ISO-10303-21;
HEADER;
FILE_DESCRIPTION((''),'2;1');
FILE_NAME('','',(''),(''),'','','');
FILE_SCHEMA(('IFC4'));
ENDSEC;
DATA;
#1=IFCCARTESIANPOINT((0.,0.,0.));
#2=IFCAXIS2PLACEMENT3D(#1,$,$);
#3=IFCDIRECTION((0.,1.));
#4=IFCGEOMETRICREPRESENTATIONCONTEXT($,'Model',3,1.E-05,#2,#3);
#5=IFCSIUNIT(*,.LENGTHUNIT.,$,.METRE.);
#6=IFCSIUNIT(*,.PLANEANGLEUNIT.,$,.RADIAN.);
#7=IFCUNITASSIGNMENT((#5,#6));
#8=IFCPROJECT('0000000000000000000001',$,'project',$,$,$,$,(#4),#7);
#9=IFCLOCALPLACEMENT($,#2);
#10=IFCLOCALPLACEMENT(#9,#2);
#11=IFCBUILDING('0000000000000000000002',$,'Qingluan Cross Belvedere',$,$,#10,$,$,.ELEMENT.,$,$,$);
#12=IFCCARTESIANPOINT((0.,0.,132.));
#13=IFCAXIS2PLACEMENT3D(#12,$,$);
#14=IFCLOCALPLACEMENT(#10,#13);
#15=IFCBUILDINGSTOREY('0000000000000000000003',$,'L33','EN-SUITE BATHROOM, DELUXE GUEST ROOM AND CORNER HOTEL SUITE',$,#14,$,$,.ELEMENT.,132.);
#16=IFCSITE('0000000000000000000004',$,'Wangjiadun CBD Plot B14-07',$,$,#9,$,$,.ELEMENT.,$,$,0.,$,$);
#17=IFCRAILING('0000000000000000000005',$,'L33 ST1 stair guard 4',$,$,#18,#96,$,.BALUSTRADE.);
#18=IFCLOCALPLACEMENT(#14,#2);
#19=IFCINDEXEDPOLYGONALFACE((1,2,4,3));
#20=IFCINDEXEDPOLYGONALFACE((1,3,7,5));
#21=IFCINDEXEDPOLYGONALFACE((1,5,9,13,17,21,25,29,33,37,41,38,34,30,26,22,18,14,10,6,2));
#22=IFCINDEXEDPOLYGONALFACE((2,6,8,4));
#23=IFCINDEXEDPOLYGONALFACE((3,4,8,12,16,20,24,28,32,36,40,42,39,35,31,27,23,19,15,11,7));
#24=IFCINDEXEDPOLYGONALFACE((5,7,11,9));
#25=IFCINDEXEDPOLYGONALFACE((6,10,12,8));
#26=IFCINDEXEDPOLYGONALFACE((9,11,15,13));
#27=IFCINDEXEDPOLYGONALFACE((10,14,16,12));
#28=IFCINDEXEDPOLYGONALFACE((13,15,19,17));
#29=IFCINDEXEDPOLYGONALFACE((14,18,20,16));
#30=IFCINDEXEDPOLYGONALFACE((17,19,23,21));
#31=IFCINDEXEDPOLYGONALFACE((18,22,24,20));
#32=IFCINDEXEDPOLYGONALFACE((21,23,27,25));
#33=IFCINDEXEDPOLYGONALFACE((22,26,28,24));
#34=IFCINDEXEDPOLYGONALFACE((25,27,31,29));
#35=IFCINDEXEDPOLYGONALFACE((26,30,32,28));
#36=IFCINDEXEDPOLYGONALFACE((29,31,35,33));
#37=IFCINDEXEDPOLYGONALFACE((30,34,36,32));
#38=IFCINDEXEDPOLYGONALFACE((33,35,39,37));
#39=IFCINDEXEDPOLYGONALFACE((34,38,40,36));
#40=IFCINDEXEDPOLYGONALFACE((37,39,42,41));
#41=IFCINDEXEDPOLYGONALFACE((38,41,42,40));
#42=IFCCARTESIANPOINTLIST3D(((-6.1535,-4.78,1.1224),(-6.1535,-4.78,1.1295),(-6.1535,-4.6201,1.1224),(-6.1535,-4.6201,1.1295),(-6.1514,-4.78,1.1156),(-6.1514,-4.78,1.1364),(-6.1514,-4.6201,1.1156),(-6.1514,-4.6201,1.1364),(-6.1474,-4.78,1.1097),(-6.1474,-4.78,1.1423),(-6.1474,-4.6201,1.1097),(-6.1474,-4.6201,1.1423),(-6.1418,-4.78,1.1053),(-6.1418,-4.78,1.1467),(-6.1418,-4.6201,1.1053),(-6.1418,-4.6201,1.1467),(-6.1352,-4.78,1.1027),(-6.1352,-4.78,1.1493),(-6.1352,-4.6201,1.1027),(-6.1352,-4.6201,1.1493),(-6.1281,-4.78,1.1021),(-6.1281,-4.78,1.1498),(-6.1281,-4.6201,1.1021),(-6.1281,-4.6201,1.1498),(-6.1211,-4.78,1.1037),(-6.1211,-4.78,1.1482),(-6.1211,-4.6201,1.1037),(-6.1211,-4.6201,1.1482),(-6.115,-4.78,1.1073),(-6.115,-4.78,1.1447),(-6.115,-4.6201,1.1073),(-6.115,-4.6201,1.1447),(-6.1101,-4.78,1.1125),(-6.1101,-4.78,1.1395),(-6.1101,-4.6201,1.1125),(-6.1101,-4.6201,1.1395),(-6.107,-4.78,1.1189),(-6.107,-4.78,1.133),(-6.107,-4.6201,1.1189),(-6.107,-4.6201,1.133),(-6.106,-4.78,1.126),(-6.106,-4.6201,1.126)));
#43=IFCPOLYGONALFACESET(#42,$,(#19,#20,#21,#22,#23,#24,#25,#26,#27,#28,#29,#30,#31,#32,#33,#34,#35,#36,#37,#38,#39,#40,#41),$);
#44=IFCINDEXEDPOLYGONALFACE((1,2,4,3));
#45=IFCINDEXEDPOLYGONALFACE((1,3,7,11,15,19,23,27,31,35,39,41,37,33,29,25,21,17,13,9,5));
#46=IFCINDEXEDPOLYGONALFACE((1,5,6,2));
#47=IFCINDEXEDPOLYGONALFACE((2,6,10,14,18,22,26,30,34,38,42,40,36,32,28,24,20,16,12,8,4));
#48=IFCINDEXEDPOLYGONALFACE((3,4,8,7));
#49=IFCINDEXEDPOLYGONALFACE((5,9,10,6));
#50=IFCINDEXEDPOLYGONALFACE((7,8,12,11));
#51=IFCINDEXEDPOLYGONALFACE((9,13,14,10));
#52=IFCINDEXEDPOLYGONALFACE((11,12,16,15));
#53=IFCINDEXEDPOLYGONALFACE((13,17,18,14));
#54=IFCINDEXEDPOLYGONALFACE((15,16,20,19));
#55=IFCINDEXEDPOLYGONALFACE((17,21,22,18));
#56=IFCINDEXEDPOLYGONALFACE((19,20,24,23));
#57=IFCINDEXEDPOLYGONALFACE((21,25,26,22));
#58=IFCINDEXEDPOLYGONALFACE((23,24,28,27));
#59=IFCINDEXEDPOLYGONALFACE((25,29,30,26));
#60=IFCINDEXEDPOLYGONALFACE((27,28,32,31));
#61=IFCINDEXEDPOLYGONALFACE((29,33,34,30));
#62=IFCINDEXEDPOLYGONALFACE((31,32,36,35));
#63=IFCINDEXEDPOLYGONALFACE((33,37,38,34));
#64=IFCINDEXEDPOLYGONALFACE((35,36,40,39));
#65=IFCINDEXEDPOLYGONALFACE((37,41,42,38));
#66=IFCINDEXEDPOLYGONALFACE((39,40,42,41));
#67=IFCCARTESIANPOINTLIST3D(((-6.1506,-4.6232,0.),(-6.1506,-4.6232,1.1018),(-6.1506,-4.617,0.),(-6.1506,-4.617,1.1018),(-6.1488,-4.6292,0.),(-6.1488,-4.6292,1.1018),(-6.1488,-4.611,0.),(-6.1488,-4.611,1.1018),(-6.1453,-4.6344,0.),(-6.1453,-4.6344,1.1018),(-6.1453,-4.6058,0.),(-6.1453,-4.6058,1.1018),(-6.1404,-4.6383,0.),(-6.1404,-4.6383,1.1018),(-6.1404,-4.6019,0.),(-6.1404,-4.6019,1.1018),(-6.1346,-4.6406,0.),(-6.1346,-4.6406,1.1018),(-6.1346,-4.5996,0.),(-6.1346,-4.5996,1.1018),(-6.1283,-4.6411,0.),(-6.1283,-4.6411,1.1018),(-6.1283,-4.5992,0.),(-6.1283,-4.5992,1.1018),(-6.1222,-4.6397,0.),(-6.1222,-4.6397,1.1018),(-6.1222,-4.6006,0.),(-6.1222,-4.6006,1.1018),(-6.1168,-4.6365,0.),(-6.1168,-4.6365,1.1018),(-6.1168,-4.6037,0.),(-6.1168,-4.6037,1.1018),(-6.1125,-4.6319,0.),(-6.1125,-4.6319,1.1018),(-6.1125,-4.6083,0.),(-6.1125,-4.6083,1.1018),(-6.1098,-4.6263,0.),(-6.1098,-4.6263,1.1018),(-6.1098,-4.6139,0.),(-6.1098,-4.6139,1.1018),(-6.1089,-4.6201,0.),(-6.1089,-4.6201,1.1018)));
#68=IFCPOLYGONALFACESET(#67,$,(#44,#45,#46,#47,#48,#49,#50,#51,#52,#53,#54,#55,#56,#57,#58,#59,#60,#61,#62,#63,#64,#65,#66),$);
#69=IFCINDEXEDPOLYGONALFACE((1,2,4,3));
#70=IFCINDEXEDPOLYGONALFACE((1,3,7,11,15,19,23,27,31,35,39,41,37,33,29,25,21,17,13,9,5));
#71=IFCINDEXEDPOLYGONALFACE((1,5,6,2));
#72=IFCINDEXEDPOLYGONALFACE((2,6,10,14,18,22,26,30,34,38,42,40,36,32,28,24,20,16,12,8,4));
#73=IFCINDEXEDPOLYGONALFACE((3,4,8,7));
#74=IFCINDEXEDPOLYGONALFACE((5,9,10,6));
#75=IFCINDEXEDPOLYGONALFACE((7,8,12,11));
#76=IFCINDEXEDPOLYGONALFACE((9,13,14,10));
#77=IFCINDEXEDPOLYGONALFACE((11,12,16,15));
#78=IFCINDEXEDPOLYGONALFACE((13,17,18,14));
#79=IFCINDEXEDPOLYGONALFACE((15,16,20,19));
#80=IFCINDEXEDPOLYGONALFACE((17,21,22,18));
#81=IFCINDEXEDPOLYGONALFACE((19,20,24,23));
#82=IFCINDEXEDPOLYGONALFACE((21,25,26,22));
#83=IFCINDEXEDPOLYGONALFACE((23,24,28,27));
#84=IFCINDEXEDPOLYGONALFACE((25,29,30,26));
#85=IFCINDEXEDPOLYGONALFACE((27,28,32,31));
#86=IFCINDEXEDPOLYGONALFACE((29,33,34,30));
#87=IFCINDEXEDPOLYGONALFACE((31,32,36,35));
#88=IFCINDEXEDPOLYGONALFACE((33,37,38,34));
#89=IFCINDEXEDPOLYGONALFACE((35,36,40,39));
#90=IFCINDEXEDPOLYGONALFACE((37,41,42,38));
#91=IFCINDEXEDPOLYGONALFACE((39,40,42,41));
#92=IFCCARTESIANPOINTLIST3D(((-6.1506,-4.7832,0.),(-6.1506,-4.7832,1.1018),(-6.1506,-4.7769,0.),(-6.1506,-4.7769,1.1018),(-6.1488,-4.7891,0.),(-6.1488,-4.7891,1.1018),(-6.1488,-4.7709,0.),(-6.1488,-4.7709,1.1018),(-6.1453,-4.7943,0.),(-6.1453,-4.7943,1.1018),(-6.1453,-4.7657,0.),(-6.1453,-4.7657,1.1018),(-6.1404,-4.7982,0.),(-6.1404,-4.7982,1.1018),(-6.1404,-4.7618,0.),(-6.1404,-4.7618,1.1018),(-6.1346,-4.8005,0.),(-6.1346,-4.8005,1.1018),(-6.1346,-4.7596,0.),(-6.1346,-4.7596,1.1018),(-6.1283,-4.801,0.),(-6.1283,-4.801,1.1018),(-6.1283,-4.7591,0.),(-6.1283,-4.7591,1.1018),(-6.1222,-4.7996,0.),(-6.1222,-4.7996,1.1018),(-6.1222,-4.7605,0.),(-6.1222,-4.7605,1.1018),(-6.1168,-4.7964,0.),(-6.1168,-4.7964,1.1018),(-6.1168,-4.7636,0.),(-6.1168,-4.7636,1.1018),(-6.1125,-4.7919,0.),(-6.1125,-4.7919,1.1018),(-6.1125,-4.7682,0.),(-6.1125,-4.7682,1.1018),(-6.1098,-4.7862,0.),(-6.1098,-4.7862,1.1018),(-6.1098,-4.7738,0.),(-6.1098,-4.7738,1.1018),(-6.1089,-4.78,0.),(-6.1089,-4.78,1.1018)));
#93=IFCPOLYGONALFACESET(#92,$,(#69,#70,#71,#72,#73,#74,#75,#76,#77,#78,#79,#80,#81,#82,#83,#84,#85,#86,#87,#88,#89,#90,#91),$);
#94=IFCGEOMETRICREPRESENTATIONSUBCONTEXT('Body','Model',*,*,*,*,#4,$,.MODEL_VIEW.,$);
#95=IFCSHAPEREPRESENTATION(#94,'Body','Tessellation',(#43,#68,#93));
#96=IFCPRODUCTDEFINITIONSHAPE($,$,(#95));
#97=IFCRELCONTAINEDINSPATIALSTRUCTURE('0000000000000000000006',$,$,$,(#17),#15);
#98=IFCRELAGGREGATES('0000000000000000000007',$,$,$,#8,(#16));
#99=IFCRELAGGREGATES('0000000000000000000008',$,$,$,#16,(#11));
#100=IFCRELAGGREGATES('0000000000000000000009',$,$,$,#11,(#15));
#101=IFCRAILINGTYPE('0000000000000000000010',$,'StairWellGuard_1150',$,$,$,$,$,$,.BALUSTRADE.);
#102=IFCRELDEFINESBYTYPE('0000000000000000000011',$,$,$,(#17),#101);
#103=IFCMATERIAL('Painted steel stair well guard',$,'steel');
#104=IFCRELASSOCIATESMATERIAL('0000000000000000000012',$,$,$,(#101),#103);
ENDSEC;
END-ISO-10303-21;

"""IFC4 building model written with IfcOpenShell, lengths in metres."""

from ifc_helpers import new_model, si_unit, direction, frame, origin, origin_2d, place, context, subcontext, project, spatial, circle, extrude, material, type_object, element, save


model = new_model("IFC4")

# Units and contexts
model_context = context("Model", 3, precision=1e-05, world=origin(), true_north=direction((0.0, 1.0)))
body_context = subcontext(model_context, "Body", "Model", "MODEL_VIEW")
ifc_project = project(units=[si_unit("LENGTHUNIT", "METRE"), si_unit("PLANEANGLEUNIT", "RADIAN")], contexts=[model_context])

# Site, building, storey
site_placement = place(None, origin())
site = spatial("IfcSite", under=ifc_project, at=site_placement, Name="Wangjiadun CBD Plot B14-07", CompositionType="ELEMENT", RefElevation=0.0)
building_placement = place(site_placement, origin())
building = spatial("IfcBuilding", under=site, at=building_placement, Name="Qingluan Cross Belvedere", CompositionType="ELEMENT")
storey_placement = place(building_placement, frame((0.0, 0.0, 132.0)))
storey = spatial("IfcBuildingStorey", under=building, at=storey_placement, Name="L33", Description="EN-SUITE BATHROOM, DELUXE GUEST ROOM AND CORNER HOTEL SUITE", CompositionType="ELEMENT", Elevation=132.0)

# Railing
ifc_material_1 = material(Name="Painted steel stair well guard", Category="steel")
railing_type_1 = type_object("IfcRailingType", Name="StairWellGuard_1150", PredefinedType="BALUSTRADE", material=ifc_material_1)
railing_1_placement = place(storey_placement, frame((-6.1299, -4.6201, 0.0)))
element("IfcRailing", 1, at=railing_1_placement, inside=storey, type_object=railing_type_1, Name="L33 ST1 stair guard 4", PredefinedType="BALUSTRADE", context=body_context, shape_type="SweptSolid", body=[
    extrude(circle(Radius=0.0239, at=origin_2d()), frame((0.0, 0.0, 1.126), z_axis=(0.0, -1.0, 0.0), x_axis=(1.0, 0.0, 0.0)), (0.0, 0.0, 1.0), 0.1599),
    extrude(circle(Radius=0.021, at=origin_2d()), origin(), (0.0, 0.0, 1.0), 1.1018),
    extrude(circle(Radius=0.021, at=origin_2d()), frame((0.0, -0.1599, 0.0)), (0.0, 0.0, 1.0), 1.1018),
])

save(model, "model.ifc")
